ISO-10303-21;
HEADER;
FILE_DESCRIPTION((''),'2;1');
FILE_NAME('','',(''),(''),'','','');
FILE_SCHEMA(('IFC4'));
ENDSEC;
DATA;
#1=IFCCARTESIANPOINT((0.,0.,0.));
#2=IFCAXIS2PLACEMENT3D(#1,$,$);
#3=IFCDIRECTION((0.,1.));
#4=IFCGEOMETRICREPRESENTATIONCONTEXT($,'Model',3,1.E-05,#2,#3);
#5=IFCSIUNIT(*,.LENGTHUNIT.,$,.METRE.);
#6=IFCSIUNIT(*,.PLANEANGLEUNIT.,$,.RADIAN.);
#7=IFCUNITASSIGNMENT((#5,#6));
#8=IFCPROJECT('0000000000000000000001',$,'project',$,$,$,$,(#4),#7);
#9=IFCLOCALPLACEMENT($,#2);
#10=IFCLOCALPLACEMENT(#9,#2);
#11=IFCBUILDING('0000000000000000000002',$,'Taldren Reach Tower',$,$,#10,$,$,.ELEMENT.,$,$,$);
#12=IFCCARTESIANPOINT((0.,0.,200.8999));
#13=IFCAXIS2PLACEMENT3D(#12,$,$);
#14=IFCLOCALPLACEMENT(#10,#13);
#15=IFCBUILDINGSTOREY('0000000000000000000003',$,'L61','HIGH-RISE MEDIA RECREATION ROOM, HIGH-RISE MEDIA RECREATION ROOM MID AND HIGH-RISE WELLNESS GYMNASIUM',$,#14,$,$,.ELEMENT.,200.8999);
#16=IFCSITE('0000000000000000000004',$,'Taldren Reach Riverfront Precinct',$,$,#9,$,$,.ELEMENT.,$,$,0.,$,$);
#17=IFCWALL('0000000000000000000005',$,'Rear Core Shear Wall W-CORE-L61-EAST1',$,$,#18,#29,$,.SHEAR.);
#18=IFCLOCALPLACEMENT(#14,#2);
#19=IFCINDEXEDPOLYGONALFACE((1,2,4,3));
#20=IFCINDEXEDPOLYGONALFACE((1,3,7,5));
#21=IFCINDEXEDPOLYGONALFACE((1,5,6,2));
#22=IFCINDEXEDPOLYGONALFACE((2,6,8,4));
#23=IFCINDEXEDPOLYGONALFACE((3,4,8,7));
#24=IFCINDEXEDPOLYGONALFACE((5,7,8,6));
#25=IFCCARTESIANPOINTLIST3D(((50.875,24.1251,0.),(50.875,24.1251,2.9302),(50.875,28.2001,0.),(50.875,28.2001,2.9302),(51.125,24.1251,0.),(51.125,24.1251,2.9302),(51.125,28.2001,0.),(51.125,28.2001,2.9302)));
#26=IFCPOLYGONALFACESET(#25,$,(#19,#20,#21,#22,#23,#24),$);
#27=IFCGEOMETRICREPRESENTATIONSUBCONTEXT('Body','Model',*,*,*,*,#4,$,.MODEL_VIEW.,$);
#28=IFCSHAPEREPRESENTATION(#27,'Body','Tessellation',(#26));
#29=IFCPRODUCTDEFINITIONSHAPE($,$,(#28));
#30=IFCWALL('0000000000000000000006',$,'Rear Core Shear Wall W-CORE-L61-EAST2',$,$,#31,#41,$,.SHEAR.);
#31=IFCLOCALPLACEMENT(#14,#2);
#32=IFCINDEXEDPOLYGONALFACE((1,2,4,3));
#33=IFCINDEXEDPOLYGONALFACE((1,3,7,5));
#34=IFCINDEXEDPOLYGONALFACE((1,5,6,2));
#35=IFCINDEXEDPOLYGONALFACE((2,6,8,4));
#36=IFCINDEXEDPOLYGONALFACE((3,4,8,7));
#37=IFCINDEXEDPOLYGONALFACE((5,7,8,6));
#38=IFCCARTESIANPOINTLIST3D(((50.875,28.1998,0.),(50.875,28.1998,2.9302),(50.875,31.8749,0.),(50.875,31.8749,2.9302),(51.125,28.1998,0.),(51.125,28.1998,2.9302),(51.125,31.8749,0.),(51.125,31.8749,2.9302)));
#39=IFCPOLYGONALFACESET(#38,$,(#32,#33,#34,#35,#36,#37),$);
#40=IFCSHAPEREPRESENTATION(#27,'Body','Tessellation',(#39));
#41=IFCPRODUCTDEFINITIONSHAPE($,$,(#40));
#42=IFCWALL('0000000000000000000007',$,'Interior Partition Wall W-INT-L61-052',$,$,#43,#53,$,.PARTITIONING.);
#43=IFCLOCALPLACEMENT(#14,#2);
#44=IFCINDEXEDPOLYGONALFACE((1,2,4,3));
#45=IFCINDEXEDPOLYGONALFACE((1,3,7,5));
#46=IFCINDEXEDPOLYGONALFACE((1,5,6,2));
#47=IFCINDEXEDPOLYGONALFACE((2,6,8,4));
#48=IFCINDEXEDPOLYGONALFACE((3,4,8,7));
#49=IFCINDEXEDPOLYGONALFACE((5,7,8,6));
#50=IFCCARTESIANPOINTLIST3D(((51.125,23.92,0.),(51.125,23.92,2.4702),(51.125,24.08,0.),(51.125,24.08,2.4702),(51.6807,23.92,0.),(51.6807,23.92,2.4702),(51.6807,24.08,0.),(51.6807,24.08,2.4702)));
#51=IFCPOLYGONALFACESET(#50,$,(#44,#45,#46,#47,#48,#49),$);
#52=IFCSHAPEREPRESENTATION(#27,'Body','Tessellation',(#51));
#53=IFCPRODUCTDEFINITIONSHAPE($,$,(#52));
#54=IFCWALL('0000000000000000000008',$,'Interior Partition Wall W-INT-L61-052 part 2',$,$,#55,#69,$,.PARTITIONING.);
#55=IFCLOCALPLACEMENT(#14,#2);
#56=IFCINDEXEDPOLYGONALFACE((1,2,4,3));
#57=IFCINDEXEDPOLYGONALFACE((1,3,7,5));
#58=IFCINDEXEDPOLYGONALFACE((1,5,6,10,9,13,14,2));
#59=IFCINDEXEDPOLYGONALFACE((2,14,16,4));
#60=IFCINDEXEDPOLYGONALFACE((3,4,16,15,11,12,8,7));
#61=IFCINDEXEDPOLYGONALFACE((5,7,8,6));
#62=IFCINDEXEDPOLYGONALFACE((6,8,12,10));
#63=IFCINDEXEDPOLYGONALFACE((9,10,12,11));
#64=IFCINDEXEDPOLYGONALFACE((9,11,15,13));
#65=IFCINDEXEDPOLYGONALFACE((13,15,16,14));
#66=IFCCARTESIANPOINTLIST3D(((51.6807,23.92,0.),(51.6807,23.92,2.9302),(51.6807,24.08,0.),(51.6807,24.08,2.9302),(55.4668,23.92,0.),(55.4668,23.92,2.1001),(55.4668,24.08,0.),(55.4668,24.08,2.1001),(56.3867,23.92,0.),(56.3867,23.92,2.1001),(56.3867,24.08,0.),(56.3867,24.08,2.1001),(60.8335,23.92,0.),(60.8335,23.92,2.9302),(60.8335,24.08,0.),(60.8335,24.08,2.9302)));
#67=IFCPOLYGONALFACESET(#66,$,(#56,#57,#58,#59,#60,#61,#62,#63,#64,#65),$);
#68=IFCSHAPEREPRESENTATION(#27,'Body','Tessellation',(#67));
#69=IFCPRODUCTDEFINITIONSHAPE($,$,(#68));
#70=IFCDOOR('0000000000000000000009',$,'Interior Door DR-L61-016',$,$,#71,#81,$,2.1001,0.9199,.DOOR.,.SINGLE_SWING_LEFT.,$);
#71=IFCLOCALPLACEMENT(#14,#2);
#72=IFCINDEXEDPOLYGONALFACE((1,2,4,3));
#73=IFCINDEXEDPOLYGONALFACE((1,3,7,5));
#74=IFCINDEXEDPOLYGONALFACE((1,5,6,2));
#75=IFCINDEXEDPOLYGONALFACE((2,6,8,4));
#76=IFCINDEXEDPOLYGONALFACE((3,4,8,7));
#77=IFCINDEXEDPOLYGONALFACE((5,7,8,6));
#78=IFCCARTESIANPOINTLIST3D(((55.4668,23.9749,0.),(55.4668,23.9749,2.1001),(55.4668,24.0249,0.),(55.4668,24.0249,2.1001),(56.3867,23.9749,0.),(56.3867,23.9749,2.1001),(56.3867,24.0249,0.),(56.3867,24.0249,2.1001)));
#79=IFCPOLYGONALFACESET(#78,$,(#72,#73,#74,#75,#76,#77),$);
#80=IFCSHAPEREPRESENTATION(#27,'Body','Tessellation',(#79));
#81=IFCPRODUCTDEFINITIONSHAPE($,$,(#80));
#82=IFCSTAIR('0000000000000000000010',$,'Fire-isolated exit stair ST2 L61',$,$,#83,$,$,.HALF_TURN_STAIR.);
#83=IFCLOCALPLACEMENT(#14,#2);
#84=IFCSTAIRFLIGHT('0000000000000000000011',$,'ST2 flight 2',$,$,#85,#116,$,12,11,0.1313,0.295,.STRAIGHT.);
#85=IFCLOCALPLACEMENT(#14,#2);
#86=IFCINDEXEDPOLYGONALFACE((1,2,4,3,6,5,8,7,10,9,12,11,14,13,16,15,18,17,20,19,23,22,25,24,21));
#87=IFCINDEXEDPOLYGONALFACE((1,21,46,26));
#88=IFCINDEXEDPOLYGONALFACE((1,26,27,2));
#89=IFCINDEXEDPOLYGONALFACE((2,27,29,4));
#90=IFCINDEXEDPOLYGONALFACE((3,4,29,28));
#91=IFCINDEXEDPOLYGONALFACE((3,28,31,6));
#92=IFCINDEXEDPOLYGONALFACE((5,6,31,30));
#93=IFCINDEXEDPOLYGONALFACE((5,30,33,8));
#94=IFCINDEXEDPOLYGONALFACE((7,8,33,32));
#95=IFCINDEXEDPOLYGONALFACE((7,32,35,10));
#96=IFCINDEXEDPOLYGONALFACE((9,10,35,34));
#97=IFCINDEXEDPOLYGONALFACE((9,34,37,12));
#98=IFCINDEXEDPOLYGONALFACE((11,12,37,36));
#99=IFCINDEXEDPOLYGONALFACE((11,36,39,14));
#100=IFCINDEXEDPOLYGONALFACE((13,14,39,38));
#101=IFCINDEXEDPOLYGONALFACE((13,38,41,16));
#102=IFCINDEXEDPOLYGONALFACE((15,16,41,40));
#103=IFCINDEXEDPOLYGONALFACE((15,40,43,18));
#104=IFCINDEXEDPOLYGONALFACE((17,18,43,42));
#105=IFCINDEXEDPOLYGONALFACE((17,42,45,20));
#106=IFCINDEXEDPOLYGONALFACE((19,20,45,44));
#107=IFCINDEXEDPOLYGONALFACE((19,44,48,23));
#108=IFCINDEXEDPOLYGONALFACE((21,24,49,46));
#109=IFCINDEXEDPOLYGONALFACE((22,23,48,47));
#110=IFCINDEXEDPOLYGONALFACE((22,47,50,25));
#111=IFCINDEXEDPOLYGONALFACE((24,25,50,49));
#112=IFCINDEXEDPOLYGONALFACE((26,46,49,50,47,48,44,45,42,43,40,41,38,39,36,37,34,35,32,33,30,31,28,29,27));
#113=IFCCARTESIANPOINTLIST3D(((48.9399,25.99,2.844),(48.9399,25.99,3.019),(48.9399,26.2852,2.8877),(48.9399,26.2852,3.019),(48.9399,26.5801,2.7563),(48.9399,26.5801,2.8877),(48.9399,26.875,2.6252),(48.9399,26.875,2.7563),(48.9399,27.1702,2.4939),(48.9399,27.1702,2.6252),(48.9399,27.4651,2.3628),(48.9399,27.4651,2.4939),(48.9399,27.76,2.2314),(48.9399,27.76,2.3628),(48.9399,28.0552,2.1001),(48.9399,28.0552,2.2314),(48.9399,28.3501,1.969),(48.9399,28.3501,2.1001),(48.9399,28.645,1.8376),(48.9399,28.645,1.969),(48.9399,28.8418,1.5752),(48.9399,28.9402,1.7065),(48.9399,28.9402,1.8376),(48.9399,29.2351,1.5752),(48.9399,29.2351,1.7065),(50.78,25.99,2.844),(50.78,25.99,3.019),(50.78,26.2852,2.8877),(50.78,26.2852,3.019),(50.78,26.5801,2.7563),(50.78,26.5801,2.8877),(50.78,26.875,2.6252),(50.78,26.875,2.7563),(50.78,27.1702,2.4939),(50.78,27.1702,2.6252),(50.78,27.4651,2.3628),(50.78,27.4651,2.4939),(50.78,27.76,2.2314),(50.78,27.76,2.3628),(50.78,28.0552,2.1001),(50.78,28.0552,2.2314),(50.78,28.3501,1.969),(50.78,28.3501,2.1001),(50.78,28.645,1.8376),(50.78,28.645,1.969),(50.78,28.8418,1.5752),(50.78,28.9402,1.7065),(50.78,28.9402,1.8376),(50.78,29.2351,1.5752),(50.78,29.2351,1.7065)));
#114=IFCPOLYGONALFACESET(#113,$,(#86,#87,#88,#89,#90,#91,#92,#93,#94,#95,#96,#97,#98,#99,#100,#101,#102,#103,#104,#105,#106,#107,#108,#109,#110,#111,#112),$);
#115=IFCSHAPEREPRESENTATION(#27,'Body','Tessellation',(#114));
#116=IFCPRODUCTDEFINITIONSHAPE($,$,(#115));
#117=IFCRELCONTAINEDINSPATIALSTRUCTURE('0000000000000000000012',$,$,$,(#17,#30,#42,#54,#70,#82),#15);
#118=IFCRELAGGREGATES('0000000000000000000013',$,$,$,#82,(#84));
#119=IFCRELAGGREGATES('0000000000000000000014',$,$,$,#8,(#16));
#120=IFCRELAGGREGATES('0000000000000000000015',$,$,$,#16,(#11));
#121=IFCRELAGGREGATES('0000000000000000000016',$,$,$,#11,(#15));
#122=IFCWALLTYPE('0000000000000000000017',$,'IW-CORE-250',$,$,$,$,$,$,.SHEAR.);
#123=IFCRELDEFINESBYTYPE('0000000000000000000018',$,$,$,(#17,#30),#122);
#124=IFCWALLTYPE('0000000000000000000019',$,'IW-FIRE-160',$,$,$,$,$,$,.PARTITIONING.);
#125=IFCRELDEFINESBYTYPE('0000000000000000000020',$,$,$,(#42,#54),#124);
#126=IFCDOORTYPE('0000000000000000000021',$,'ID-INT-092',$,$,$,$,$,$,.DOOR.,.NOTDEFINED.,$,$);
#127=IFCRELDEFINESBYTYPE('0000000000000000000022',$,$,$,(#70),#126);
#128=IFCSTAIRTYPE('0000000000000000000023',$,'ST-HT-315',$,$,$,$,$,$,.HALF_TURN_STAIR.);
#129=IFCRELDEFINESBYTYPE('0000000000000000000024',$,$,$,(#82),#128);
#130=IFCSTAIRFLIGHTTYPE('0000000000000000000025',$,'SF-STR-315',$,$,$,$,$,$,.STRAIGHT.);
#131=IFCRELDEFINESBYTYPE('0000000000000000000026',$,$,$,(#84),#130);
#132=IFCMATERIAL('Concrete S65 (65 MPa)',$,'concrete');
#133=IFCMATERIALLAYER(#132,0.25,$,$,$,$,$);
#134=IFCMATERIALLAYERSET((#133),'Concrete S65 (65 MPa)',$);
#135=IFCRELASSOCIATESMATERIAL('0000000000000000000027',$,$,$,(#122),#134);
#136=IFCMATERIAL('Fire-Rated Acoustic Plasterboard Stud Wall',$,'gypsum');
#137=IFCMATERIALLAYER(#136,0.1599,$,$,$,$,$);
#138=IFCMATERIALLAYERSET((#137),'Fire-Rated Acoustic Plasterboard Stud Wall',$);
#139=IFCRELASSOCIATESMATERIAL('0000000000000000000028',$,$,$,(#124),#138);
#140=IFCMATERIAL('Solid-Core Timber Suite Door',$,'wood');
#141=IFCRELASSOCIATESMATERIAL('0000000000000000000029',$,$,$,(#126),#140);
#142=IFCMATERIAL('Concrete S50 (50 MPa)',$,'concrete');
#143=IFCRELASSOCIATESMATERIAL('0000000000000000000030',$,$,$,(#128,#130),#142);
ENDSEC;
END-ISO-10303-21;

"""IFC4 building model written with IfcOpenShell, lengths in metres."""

from ifc_helpers import new_model, si_unit, direction, frame, frame_2d, origin, place, context, subcontext, project, spatial, polyline, rectangle, outline, extrude, source, transform, mapped, material, layer, layer_set, type_object, element, fill, aggregate, save


model = new_model("IFC4")

# Units and contexts
model_context = context("Model", 3, precision=1e-05, world=origin(), true_north=direction((0.0, 1.0)))
body_context = subcontext(model_context, "Body", "Model", "MODEL_VIEW")
ifc_project = project(units=[si_unit("LENGTHUNIT", "METRE"), si_unit("PLANEANGLEUNIT", "RADIAN")], contexts=[model_context])

# Site, building, storey
site_placement = place(None, origin())
site = spatial("IfcSite", under=ifc_project, at=site_placement, Name="Taldren Reach Riverfront Precinct", CompositionType="ELEMENT", RefElevation=0.0)
building_placement = place(site_placement, origin())
building = spatial("IfcBuilding", under=site, at=building_placement, Name="Taldren Reach Tower", CompositionType="ELEMENT")
storey_placement = place(building_placement, frame((0.0, 0.0, 200.8999)))
storey = spatial("IfcBuildingStorey", under=building, at=storey_placement, Name="L61", Description="HIGH-RISE MEDIA RECREATION ROOM, HIGH-RISE MEDIA RECREATION ROOM MID AND HIGH-RISE WELLNESS GYMNASIUM", CompositionType="ELEMENT", Elevation=200.8999)

# Walls
ifc_material_1 = material(Name="Concrete S65 (65 MPa)", Category="concrete")
ifc_layer_1 = layer(ifc_material_1, 0.25)
ifc_layer_set_1 = layer_set([ifc_layer_1], Name="Concrete S65 (65 MPa)")
wall_type_1 = type_object("IfcWallType", Name="IW-CORE-250", PredefinedType="SHEAR", material=ifc_layer_set_1)
shared_shape_1 = source(origin(), body_context, "Body", "SweptSolid", [
    extrude(rectangle(XDim=4.075, YDim=0.25, at=frame_2d((2.0376, 0.0))), origin(), (0.0, 0.0, 1.0), 2.9302),
])
wall_1_placement = place(storey_placement, frame((51.0, 24.125, 0.0), z_axis=(0.0, 0.0, 1.0), x_axis=(0.0, 1.0, 0.0)))
element("IfcWall", 1, at=wall_1_placement, inside=storey, type_object=wall_type_1, Name="Rear Core Shear Wall W-CORE-L61-EAST1", PredefinedType="SHEAR", context=body_context, shape_type="MappedRepresentation", body=[
    mapped(shared_shape_1, transform((0.0, 0.0, 0.0), scale=1.0)),
])
shared_shape_2 = source(origin(), body_context, "Body", "SweptSolid", [
    extrude(rectangle(XDim=3.675, YDim=0.25, at=frame_2d((1.8374, 0.0))), origin(), (0.0, 0.0, 1.0), 2.9302),
])
wall_2_placement = place(storey_placement, frame((51.0, 28.2, 0.0), z_axis=(0.0, 0.0, 1.0), x_axis=(0.0, 1.0, 0.0)))
element("IfcWall", 2, at=wall_2_placement, inside=storey, type_object=wall_type_1, Name="Rear Core Shear Wall W-CORE-L61-EAST2", PredefinedType="SHEAR", context=body_context, shape_type="MappedRepresentation", body=[
    mapped(shared_shape_2, transform((0.0, 0.0, 0.0), scale=1.0)),
])
ifc_material_2 = material(Name="Fire-Rated Acoustic Plasterboard Stud Wall", Category="gypsum")
ifc_layer_2 = layer(ifc_material_2, 0.1599)
ifc_layer_set_2 = layer_set([ifc_layer_2], Name="Fire-Rated Acoustic Plasterboard Stud Wall")
wall_type_2 = type_object("IfcWallType", Name="IW-FIRE-160", PredefinedType="PARTITIONING", material=ifc_layer_set_2)
shared_shape_3 = source(origin(), body_context, "Body", "SweptSolid", [
    extrude(rectangle(XDim=0.5557, YDim=0.1599, at=frame_2d((0.2778, 0.0))), origin(), (0.0, 0.0, 1.0), 2.4702),
])
wall_3_placement = place(storey_placement, frame((51.125, 24.0, 0.0), z_axis=(0.0, 0.0, 1.0), x_axis=(1.0, 0.0, 0.0)))
element("IfcWall", 3, at=wall_3_placement, inside=storey, type_object=wall_type_2, Name="Interior Partition Wall W-INT-L61-052", PredefinedType="PARTITIONING", context=body_context, shape_type="MappedRepresentation", body=[
    mapped(shared_shape_3, transform((0.0, 0.0, 0.0), scale=1.0)),
])

# Wall, opening, door
shared_shape_4 = source(origin(), body_context, "Body", "SweptSolid", [
    extrude(rectangle(XDim=9.1528, YDim=0.1599, at=frame_2d((4.5764, 0.0))), origin(), (0.0, 0.0, 1.0), 2.9302),
])
wall_4_placement = place(storey_placement, frame((51.6807, 24.0, 0.0), z_axis=(0.0, 0.0, 1.0), x_axis=(1.0, 0.0, 0.0)))
wall_4 = element("IfcWall", 4, at=wall_4_placement, inside=storey, type_object=wall_type_2, Name="Interior Partition Wall W-INT-L61-052 part 2", PredefinedType="PARTITIONING", context=body_context, shape_type="MappedRepresentation", body=[
    mapped(shared_shape_4, transform((0.0, 0.0, 0.0), scale=1.0)),
])
shared_shape_5 = source(origin(), body_context, "Body", "SweptSolid", [
    extrude(rectangle(XDim=0.9199, YDim=2.1001, at=frame_2d((0.46, 1.05))), frame((0.0, 0.0898, 0.0), z_axis=(0.0, -1.0, 0.0), x_axis=(1.0, 0.0, 0.0)), (0.0, 0.0, 1.0), 0.1799),
])
opening_placement = place(wall_4_placement, frame((3.7861, 0.0, 0.0)))
opening = element("IfcOpeningElement", 5, at=opening_placement, cuts=wall_4, PredefinedType="OPENING", context=body_context, shape_type="MappedRepresentation", body=[
    mapped(shared_shape_5, transform((0.0, 0.0, 0.0), scale=1.0)),
])
ifc_material_3 = material(Name="Solid-Core Timber Suite Door", Category="wood")
door_type = type_object("IfcDoorType", Name="ID-INT-092", OperationType="NOTDEFINED", PredefinedType="DOOR", material=ifc_material_3)
shared_shape_6 = source(origin(), body_context, "Body", "SweptSolid", [
    extrude(rectangle(XDim=0.9199, YDim=2.1001, at=frame_2d((0.46, 1.05))), frame((0.0, 0.0249, 0.0), z_axis=(0.0, -1.0, 0.0), x_axis=(1.0, 0.0, 0.0)), (0.0, 0.0, 1.0), 0.05),
])
door_placement = place(opening_placement, origin())
door = element("IfcDoor", 6, at=door_placement, inside=storey, type_object=door_type, Name="Interior Door DR-L61-016", OperationType="SINGLE_SWING_LEFT", OverallHeight=2.1001, OverallWidth=0.9199, PredefinedType="DOOR", context=body_context, shape_type="MappedRepresentation", body=[
    mapped(shared_shape_6, transform((0.0, 0.0, 0.0), scale=1.0)),
])
fill(opening, door)

# Stair, stair flight
ifc_material_4 = material(Name="Concrete S50 (50 MPa)", Category="concrete")
stair_type = type_object("IfcStairType", Name="ST-HT-315", PredefinedType="HALF_TURN_STAIR", material=ifc_material_4)
stair_placement = place(storey_placement, origin())
stair = element("IfcStair", 7, at=stair_placement, inside=storey, type_object=stair_type, Name="Fire-isolated exit stair ST2 L61", PredefinedType="HALF_TURN_STAIR")
stair_flight_type = type_object("IfcStairFlightType", Name="SF-STR-315", PredefinedType="STRAIGHT", material=ifc_material_4)
stair_flight_placement = place(storey_placement, frame((49.8601, 29.2351, 1.5752), z_axis=(0.0, 0.0, 1.0), x_axis=(0.0, -1.0, 0.0)))
stair_flight = element("IfcStairFlight", 8, at=stair_flight_placement, type_object=stair_flight_type, Name="ST2 flight 2", NumberOfRisers=12, NumberOfTreads=11, PredefinedType="STRAIGHT", RiserHeight=0.1313, TreadLength=0.295, context=body_context, shape_type="SweptSolid", body=[
    extrude(outline(polyline([(0.0, 0.0), (0.0, 0.1313), (0.2949, 0.1313), (0.2949, 0.2625), (0.5901, 0.2625), (0.5901, 0.3938), (0.885, 0.3938), (0.885, 0.5249), (1.1799, 0.5249), (1.1799, 0.6562), (1.4751, 0.6562), (1.4751, 0.7876), (1.77, 0.7876), (1.77, 0.9187), (2.0649, 0.9187), (2.0649, 1.05), (2.3601, 1.05), (2.3601, 1.1812), (2.655, 1.1812), (2.655, 1.3125), (2.95, 1.3125), (2.95, 1.4438), (3.2451, 1.4438), (3.2451, 1.575), (3.2451, 1.2688), (0.3933, 0.0), (0.0, 0.0)])), frame((0.0, 0.9199, 0.0), z_axis=(0.0, -1.0, 0.0), x_axis=(1.0, 0.0, 0.0)), (0.0, 0.0, 1.0), 1.8401),
])
aggregate(stair, [stair_flight])

save(model, "model.ifc")
